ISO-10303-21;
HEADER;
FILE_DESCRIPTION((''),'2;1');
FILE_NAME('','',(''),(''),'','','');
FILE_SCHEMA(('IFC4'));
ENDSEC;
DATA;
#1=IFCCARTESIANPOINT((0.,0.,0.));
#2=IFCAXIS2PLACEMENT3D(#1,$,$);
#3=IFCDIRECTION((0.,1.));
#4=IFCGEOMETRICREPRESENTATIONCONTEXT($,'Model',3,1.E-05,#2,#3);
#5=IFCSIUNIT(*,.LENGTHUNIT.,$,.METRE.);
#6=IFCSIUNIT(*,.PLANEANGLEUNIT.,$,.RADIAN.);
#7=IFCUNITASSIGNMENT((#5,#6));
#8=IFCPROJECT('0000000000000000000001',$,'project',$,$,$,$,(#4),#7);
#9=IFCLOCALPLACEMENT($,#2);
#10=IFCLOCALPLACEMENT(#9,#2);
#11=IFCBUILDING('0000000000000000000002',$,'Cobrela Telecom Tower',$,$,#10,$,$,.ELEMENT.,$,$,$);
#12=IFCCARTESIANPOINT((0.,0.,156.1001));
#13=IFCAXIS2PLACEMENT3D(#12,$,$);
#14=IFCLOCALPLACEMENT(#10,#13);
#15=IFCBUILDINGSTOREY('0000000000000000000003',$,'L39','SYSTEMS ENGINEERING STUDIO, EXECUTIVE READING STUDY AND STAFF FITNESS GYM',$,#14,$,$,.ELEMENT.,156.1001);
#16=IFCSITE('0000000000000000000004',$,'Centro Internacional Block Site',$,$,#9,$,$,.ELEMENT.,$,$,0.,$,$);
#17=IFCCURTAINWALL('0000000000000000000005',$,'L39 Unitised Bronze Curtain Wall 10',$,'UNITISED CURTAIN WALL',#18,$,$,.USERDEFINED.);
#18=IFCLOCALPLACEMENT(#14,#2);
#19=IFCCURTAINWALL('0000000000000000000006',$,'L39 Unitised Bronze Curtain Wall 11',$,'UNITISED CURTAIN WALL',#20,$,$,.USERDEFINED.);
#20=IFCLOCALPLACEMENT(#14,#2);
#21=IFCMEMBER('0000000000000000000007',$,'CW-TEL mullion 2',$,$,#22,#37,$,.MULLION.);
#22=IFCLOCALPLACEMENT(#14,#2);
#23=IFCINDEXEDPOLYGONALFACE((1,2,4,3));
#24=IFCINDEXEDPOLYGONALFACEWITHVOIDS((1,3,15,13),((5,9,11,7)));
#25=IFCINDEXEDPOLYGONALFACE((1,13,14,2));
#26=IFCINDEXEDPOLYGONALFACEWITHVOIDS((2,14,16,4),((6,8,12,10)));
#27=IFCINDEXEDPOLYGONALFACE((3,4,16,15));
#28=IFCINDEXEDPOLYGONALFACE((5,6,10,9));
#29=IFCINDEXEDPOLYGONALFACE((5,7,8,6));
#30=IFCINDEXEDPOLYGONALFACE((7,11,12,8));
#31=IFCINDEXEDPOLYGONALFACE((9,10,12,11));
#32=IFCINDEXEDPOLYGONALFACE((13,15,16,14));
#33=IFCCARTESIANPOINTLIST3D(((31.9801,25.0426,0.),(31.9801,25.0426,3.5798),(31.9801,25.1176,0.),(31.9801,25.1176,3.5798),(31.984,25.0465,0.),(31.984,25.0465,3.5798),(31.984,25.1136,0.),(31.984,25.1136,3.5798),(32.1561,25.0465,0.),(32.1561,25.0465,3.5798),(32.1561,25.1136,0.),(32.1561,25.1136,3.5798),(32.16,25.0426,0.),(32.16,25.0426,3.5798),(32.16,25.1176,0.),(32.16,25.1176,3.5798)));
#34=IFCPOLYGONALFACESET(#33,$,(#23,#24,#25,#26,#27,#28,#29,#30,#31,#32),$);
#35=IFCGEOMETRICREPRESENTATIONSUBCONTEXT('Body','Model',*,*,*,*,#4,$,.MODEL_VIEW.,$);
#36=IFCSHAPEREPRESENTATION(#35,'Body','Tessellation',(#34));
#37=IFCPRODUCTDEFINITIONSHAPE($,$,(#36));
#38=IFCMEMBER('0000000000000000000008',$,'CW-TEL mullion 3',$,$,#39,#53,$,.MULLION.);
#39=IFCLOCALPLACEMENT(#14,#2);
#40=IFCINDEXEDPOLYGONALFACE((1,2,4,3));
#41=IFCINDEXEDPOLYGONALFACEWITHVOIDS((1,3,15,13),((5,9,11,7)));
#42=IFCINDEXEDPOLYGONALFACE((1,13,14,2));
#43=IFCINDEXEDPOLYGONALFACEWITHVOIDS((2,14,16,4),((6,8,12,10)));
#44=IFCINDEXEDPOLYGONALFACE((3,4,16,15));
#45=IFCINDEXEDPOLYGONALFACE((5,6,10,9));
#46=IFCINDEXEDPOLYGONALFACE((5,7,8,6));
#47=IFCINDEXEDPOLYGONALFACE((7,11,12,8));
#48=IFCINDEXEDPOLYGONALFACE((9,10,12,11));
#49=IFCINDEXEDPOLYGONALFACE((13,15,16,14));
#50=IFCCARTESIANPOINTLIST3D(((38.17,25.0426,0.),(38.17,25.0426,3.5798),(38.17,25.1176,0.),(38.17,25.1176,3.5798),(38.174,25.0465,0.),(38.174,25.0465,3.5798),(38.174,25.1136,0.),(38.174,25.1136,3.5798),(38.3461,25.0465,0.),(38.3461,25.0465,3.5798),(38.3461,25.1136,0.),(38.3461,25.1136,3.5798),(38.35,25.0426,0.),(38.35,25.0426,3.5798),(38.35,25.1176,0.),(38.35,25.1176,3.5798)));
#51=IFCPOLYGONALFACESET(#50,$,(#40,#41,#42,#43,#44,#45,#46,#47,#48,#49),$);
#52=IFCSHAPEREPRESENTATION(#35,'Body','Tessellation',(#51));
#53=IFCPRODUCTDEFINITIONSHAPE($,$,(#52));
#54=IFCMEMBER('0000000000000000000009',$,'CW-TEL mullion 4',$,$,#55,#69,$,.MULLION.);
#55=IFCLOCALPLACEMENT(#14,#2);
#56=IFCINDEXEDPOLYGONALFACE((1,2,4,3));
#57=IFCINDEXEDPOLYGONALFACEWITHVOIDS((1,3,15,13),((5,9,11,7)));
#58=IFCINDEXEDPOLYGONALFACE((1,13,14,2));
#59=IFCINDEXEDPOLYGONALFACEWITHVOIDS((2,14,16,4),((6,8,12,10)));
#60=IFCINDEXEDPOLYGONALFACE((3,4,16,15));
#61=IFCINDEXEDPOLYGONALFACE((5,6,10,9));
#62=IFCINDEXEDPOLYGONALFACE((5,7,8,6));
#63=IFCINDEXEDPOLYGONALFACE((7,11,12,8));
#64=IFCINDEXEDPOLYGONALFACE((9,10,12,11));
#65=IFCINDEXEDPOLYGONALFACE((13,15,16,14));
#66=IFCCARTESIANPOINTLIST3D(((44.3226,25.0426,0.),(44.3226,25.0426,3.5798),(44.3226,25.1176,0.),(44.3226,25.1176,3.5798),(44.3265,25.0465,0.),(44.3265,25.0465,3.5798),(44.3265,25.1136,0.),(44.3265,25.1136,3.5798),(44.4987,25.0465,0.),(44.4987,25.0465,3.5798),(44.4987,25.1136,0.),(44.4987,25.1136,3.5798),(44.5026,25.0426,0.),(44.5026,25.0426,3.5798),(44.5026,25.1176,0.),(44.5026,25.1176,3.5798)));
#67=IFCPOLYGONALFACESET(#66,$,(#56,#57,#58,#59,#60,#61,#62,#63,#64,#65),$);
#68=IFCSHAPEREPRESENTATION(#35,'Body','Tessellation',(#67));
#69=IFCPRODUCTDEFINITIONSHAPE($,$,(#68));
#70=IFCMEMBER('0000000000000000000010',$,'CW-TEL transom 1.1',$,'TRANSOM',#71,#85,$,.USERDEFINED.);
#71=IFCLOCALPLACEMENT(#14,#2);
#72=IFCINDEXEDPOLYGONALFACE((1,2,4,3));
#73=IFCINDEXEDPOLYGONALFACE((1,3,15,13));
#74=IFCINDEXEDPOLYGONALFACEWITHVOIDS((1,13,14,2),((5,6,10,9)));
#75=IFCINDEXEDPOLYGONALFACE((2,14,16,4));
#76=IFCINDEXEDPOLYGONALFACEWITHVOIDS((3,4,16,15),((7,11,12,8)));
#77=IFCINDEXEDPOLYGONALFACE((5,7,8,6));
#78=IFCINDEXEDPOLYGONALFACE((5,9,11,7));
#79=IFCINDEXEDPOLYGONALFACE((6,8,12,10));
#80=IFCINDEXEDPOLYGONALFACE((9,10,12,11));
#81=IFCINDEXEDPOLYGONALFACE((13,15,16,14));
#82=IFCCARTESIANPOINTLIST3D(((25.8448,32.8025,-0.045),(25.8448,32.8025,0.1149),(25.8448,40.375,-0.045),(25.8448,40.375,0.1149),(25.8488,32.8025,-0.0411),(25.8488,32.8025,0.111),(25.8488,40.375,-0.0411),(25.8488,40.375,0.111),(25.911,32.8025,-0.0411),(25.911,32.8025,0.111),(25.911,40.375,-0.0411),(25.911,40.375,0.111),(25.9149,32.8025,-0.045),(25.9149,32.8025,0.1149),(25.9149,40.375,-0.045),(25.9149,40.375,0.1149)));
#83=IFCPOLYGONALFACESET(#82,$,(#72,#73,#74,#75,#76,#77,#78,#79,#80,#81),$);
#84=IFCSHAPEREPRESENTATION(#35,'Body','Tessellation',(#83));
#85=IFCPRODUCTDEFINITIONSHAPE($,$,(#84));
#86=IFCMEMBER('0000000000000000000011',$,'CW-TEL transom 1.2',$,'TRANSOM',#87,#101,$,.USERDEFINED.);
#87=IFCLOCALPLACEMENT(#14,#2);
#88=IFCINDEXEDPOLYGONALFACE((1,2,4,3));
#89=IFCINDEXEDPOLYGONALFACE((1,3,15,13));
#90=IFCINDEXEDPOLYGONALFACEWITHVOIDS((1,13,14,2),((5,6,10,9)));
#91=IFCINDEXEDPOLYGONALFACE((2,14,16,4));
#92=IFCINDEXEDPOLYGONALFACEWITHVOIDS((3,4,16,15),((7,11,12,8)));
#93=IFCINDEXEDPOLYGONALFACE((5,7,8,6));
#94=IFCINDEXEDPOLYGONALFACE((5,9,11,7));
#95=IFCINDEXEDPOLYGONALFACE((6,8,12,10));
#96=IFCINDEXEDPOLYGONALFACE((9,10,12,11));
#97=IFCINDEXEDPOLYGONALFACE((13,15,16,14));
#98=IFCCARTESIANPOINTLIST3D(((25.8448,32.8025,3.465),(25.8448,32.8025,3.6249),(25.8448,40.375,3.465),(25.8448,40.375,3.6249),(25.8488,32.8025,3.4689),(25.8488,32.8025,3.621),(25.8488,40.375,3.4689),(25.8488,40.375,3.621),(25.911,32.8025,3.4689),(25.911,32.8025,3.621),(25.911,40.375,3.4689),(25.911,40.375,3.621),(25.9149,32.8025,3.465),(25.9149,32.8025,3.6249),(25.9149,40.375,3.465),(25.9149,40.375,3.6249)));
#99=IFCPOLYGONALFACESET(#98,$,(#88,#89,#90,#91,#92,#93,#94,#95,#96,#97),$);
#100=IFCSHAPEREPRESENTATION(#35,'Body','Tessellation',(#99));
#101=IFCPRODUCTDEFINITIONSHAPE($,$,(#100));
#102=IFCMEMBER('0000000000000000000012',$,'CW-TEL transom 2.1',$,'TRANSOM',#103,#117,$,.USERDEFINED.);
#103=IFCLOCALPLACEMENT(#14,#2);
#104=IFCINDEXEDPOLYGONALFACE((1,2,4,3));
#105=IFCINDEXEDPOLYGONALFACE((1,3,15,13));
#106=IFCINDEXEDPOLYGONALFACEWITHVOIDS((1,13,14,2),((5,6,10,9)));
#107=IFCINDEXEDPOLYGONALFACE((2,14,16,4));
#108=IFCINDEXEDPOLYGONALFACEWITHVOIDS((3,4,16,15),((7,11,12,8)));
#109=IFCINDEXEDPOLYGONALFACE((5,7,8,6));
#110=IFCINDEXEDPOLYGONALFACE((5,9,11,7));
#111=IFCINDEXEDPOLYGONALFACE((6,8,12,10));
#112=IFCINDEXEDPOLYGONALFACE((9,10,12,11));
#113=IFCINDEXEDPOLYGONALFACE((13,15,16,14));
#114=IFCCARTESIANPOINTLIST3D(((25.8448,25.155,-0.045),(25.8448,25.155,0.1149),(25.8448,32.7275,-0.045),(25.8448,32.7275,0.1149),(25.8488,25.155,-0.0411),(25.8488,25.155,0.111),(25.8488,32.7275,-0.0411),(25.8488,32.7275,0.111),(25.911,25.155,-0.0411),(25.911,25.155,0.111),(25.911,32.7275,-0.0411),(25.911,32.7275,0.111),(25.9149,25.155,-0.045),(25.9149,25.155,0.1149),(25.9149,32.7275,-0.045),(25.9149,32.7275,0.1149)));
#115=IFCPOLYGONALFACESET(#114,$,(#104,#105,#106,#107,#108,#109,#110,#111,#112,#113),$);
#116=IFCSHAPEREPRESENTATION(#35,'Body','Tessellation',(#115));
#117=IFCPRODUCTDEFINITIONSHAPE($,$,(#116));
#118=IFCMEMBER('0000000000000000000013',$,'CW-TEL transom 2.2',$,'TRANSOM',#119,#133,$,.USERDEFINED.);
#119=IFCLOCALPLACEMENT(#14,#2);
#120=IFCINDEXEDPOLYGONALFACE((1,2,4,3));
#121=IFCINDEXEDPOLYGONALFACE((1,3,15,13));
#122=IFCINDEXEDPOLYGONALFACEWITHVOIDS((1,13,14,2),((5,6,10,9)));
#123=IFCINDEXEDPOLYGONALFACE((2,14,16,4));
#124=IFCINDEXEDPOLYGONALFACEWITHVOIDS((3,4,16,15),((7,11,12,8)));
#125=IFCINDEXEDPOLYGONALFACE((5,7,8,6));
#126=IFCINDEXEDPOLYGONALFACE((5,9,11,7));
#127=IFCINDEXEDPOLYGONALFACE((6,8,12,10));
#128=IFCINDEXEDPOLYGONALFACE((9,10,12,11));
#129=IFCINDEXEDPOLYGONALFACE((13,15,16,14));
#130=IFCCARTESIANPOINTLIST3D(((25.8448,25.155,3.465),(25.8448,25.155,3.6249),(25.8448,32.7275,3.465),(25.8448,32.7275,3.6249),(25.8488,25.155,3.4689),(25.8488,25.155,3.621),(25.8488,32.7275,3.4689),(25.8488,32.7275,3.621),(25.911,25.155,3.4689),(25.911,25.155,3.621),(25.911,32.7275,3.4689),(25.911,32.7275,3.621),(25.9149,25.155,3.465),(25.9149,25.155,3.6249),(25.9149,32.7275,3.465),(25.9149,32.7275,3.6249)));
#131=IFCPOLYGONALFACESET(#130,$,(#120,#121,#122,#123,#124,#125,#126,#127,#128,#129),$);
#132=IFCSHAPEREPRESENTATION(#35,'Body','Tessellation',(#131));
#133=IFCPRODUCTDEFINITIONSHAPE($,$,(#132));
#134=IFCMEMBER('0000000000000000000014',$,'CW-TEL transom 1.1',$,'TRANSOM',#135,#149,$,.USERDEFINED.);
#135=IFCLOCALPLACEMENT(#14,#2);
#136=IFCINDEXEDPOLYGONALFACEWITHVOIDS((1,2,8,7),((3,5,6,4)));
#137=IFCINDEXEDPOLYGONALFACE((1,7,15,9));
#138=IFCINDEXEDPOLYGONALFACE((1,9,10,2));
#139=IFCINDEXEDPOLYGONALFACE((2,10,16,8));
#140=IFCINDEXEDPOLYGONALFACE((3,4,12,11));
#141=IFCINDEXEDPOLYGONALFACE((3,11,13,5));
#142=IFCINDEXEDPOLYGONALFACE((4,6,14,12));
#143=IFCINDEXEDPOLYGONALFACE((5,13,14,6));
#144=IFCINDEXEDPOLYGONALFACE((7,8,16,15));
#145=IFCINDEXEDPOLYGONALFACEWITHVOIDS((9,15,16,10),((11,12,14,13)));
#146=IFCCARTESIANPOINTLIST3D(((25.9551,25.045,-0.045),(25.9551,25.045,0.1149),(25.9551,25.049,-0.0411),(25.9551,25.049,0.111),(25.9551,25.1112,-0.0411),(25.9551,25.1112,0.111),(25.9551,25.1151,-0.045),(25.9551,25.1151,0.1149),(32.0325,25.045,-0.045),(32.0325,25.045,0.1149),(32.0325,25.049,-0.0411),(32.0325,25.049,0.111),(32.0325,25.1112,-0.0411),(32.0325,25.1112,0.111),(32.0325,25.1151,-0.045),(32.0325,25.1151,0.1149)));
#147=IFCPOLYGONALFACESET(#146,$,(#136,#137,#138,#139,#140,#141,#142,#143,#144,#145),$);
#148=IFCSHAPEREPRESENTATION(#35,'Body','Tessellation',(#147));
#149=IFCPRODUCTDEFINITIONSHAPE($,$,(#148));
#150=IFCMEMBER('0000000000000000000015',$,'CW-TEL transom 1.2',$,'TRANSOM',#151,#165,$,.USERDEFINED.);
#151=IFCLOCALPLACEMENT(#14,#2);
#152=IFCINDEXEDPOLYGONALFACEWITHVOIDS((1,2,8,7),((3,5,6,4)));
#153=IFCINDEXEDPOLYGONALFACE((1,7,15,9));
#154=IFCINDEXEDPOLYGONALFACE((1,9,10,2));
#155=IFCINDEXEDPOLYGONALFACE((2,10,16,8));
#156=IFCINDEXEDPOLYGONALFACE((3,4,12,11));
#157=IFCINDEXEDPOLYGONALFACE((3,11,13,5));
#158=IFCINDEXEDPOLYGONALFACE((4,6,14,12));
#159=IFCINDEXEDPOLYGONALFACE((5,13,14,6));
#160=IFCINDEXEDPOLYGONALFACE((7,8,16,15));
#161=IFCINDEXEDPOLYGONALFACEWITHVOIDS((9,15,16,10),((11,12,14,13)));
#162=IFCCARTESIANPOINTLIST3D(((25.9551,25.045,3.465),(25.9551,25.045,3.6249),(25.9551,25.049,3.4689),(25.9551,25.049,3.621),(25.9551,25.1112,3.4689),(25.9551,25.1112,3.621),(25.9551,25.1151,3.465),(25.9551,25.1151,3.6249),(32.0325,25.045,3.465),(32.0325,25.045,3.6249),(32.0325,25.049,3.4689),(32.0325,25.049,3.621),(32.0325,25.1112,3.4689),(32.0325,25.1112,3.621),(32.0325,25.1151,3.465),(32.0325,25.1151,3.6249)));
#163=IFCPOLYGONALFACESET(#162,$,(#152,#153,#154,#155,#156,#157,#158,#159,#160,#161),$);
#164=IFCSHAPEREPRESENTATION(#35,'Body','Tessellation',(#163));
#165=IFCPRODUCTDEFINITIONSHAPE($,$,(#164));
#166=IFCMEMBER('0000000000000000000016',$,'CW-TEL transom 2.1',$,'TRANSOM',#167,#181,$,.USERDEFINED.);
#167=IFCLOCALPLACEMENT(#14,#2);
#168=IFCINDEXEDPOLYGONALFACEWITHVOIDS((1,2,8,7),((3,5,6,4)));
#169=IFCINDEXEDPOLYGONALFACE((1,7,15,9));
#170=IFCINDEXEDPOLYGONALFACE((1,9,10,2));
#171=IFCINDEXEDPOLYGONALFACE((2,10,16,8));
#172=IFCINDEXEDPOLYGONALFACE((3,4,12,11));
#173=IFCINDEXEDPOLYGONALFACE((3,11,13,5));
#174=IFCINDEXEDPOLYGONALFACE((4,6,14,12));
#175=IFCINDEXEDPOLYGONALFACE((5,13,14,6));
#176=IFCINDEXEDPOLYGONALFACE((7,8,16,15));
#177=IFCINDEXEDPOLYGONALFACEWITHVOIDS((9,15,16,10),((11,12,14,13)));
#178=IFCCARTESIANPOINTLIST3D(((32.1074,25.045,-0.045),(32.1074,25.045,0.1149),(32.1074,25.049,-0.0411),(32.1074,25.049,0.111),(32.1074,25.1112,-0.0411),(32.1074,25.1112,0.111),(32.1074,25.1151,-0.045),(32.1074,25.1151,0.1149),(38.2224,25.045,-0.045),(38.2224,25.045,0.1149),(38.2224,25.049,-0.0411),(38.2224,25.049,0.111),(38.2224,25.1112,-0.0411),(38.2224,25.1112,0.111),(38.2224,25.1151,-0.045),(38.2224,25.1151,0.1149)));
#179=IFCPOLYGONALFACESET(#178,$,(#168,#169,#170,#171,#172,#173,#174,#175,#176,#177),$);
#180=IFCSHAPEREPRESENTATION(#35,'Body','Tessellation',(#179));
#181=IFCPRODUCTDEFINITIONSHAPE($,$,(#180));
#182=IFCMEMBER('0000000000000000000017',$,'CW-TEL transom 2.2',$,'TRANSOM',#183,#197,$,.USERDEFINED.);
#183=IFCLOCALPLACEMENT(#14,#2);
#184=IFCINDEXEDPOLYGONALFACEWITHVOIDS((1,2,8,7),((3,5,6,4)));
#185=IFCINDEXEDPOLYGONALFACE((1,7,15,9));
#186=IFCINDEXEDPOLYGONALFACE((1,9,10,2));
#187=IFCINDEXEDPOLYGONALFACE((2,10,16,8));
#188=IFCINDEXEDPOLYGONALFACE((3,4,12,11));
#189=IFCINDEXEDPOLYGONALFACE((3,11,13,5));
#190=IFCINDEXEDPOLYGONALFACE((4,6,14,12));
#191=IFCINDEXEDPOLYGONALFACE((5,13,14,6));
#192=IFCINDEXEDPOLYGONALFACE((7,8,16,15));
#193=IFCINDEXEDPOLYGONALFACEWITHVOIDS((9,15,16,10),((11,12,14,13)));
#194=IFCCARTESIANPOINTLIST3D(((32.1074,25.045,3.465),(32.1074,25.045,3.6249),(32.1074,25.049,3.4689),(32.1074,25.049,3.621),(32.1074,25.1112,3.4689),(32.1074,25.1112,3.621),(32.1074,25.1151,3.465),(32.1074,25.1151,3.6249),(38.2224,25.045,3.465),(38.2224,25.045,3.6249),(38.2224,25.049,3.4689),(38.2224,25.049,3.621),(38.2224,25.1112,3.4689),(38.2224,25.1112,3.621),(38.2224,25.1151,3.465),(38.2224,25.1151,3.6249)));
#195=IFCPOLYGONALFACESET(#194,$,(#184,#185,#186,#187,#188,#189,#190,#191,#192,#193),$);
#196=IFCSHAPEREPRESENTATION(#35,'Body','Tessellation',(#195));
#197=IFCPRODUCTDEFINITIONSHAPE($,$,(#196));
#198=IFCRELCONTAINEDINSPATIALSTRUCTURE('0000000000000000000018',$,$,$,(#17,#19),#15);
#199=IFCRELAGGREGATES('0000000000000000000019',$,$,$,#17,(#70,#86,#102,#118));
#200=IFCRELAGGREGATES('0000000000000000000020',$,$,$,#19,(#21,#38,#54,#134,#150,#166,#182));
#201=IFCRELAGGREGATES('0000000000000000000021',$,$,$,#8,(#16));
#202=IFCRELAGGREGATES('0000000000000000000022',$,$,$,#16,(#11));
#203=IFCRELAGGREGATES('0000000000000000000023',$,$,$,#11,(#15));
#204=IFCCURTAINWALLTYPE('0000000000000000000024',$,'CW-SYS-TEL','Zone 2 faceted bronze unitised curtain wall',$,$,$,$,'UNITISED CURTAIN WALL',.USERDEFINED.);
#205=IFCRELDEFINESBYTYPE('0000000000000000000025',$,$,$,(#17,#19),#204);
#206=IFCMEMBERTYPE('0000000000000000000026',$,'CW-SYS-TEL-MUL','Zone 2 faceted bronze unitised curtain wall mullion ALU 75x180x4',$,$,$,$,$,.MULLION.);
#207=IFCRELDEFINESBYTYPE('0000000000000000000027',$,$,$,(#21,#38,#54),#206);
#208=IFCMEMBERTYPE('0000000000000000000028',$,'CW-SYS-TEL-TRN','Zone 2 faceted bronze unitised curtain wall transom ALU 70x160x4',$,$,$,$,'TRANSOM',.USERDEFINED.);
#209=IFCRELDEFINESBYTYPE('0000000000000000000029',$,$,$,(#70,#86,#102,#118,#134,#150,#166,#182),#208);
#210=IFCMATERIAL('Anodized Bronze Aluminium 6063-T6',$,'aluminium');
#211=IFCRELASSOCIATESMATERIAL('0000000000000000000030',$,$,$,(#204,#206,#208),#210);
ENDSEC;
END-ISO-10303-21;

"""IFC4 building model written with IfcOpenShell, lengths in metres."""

from ifc_helpers import new_model, si_unit, direction, frame, origin, origin_2d, place, context, subcontext, project, spatial, hollow_rectangle, extrude, material, material_profile, profile_set, type_object, element, aggregate, save


model = new_model("IFC4")

# Units and contexts
model_context = context("Model", 3, precision=1e-05, world=origin(), true_north=direction((0.0, 1.0)))
body_context = subcontext(model_context, "Body", "Model", "MODEL_VIEW")
ifc_project = project(units=[si_unit("LENGTHUNIT", "METRE"), si_unit("PLANEANGLEUNIT", "RADIAN")], contexts=[model_context])

# Site, building, storey
site_placement = place(None, origin())
site = spatial("IfcSite", under=ifc_project, at=site_placement, Name="Centro Internacional Block Site", CompositionType="ELEMENT", RefElevation=0.0)
building_placement = place(site_placement, origin())
building = spatial("IfcBuilding", under=site, at=building_placement, Name="Cobrela Telecom Tower", CompositionType="ELEMENT")
storey_placement = place(building_placement, frame((0.0, 0.0, 156.1001)))
storey = spatial("IfcBuildingStorey", under=building, at=storey_placement, Name="L39", Description="SYSTEMS ENGINEERING STUDIO, EXECUTIVE READING STUDY AND STAFF FITNESS GYM", CompositionType="ELEMENT", Elevation=156.1001)

# Shared definitions
ifc_material_1 = material(Name="Anodized Bronze Aluminium 6063-T6", Category="aluminium")
curtain_wall_type = type_object("IfcCurtainWallType", Name="CW-SYS-TEL", Description="Zone 2 faceted bronze unitised curtain wall", ElementType="UNITISED CURTAIN WALL", PredefinedType="USERDEFINED", material=ifc_material_1)
ifc_material_profile_1 = material_profile(ifc_material_1, hollow_rectangle(XDim=0.075, YDim=0.1799, WallThickness=0.0039, at=origin_2d()), Name="ALU 75x180x4")
ifc_profile_set_1 = profile_set([ifc_material_profile_1], Name="Anodized Bronze Aluminium 6063-T6")
member_type_1 = type_object("IfcMemberType", Name="CW-SYS-TEL-MUL", Description="Zone 2 faceted bronze unitised curtain wall mullion ALU 75x180x4", PredefinedType="MULLION", material=ifc_profile_set_1)

# Curtain walls, members
curtain_wall_1_placement = place(storey_placement, origin())
curtain_wall_1 = element("IfcCurtainWall", 1, at=curtain_wall_1_placement, inside=storey, type_object=curtain_wall_type, Name="L39 Unitised Bronze Curtain Wall 10", ObjectType="UNITISED CURTAIN WALL", PredefinedType="USERDEFINED")
curtain_wall_2_placement = place(storey_placement, origin())
curtain_wall_2 = element("IfcCurtainWall", 2, at=curtain_wall_2_placement, inside=storey, type_object=curtain_wall_type, Name="L39 Unitised Bronze Curtain Wall 11", ObjectType="UNITISED CURTAIN WALL", PredefinedType="USERDEFINED")
member_1_placement = place(storey_placement, frame((32.0701, 25.0801, 0.0), z_axis=(0.0, 0.0, 1.0), x_axis=(0.0, 1.0, 0.0)))
member_1 = element("IfcMember", 3, at=member_1_placement, type_object=member_type_1, Name="CW-TEL mullion 2", PredefinedType="MULLION", context=body_context, shape_type="SweptSolid", body=[
    extrude(hollow_rectangle(XDim=0.075, YDim=0.1799, WallThickness=0.0039, at=origin_2d()), origin(), (0.0, 0.0, 1.0), 3.5798),
])
member_2_placement = place(storey_placement, frame((38.26, 25.0801, 0.0), z_axis=(0.0, 0.0, 1.0), x_axis=(0.0, 1.0, 0.0)))
member_2 = element("IfcMember", 4, at=member_2_placement, type_object=member_type_1, Name="CW-TEL mullion 3", PredefinedType="MULLION", context=body_context, shape_type="SweptSolid", body=[
    extrude(hollow_rectangle(XDim=0.075, YDim=0.1799, WallThickness=0.0039, at=origin_2d()), origin(), (0.0, 0.0, 1.0), 3.5798),
])
member_3_placement = place(storey_placement, frame((44.4126, 25.0801, 0.0), z_axis=(0.0, 0.0, 1.0), x_axis=(0.0, 1.0, 0.0)))
member_3 = element("IfcMember", 5, at=member_3_placement, type_object=member_type_1, Name="CW-TEL mullion 4", PredefinedType="MULLION", context=body_context, shape_type="SweptSolid", body=[
    extrude(hollow_rectangle(XDim=0.075, YDim=0.1799, WallThickness=0.0039, at=origin_2d()), origin(), (0.0, 0.0, 1.0), 3.5798),
])

# Members
ifc_material_profile_2 = material_profile(ifc_material_1, hollow_rectangle(XDim=0.0701, YDim=0.1599, WallThickness=0.0039, at=origin_2d()), Name="ALU 70x160x4")
ifc_profile_set_2 = profile_set([ifc_material_profile_2], Name="Anodized Bronze Aluminium 6063-T6")
member_type_2 = type_object("IfcMemberType", Name="CW-SYS-TEL-TRN", Description="Zone 2 faceted bronze unitised curtain wall transom ALU 70x160x4", ElementType="TRANSOM", PredefinedType="USERDEFINED", material=ifc_profile_set_2)
member_4_placement = place(storey_placement, frame((25.8799, 40.375, 0.0349), z_axis=(0.0, -1.0, 0.0), x_axis=(1.0, 0.0, 0.0)))
member_4 = element("IfcMember", 6, at=member_4_placement, type_object=member_type_2, Name="CW-TEL transom 1.1", ObjectType="TRANSOM", PredefinedType="USERDEFINED", context=body_context, shape_type="SweptSolid", body=[
    extrude(hollow_rectangle(XDim=0.0701, YDim=0.1599, WallThickness=0.0039, at=origin_2d()), origin(), (0.0, 0.0, 1.0), 7.5725),
])
member_5_placement = place(storey_placement, frame((25.8799, 40.375, 3.5449), z_axis=(0.0, -1.0, 0.0), x_axis=(1.0, 0.0, 0.0)))
member_5 = element("IfcMember", 7, at=member_5_placement, type_object=member_type_2, Name="CW-TEL transom 1.2", ObjectType="TRANSOM", PredefinedType="USERDEFINED", context=body_context, shape_type="SweptSolid", body=[
    extrude(hollow_rectangle(XDim=0.0701, YDim=0.1599, WallThickness=0.0039, at=origin_2d()), origin(), (0.0, 0.0, 1.0), 7.5725),
])
member_6_placement = place(storey_placement, frame((25.8799, 32.7275, 0.0349), z_axis=(0.0, -1.0, 0.0), x_axis=(1.0, 0.0, 0.0)))
member_6 = element("IfcMember", 8, at=member_6_placement, type_object=member_type_2, Name="CW-TEL transom 2.1", ObjectType="TRANSOM", PredefinedType="USERDEFINED", context=body_context, shape_type="SweptSolid", body=[
    extrude(hollow_rectangle(XDim=0.0701, YDim=0.1599, WallThickness=0.0039, at=origin_2d()), origin(), (0.0, 0.0, 1.0), 7.5725),
])
member_7_placement = place(storey_placement, frame((25.8799, 32.7275, 3.5449), z_axis=(0.0, -1.0, 0.0), x_axis=(1.0, 0.0, 0.0)))
member_7 = element("IfcMember", 9, at=member_7_placement, type_object=member_type_2, Name="CW-TEL transom 2.2", ObjectType="TRANSOM", PredefinedType="USERDEFINED", context=body_context, shape_type="SweptSolid", body=[
    extrude(hollow_rectangle(XDim=0.0701, YDim=0.1599, WallThickness=0.0039, at=origin_2d()), origin(), (0.0, 0.0, 1.0), 7.5725),
])
member_8_placement = place(storey_placement, frame((25.9551, 25.0801, 0.0349), z_axis=(1.0, 0.0, 0.0), x_axis=(0.0, 1.0, 0.0)))
member_8 = element("IfcMember", 10, at=member_8_placement, type_object=member_type_2, Name="CW-TEL transom 1.1", ObjectType="TRANSOM", PredefinedType="USERDEFINED", context=body_context, shape_type="SweptSolid", body=[
    extrude(hollow_rectangle(XDim=0.0701, YDim=0.1599, WallThickness=0.0039, at=origin_2d()), origin(), (0.0, 0.0, 1.0), 6.0774),
])
member_9_placement = place(storey_placement, frame((25.9551, 25.0801, 3.5449), z_axis=(1.0, 0.0, 0.0), x_axis=(0.0, 1.0, 0.0)))
member_9 = element("IfcMember", 11, at=member_9_placement, type_object=member_type_2, Name="CW-TEL transom 1.2", ObjectType="TRANSOM", PredefinedType="USERDEFINED", context=body_context, shape_type="SweptSolid", body=[
    extrude(hollow_rectangle(XDim=0.0701, YDim=0.1599, WallThickness=0.0039, at=origin_2d()), origin(), (0.0, 0.0, 1.0), 6.0774),
])
member_10_placement = place(storey_placement, frame((32.1074, 25.0801, 0.0349), z_axis=(1.0, 0.0, 0.0), x_axis=(0.0, 1.0, 0.0)))
member_10 = element("IfcMember", 12, at=member_10_placement, type_object=member_type_2, Name="CW-TEL transom 2.1", ObjectType="TRANSOM", PredefinedType="USERDEFINED", context=body_context, shape_type="SweptSolid", body=[
    extrude(hollow_rectangle(XDim=0.0701, YDim=0.1599, WallThickness=0.0039, at=origin_2d()), origin(), (0.0, 0.0, 1.0), 6.115),
])
member_11_placement = place(storey_placement, frame((32.1074, 25.0801, 3.5449), z_axis=(1.0, 0.0, 0.0), x_axis=(0.0, 1.0, 0.0)))
member_11 = element("IfcMember", 13, at=member_11_placement, type_object=member_type_2, Name="CW-TEL transom 2.2", ObjectType="TRANSOM", PredefinedType="USERDEFINED", context=body_context, shape_type="SweptSolid", body=[
    extrude(hollow_rectangle(XDim=0.0701, YDim=0.1599, WallThickness=0.0039, at=origin_2d()), origin(), (0.0, 0.0, 1.0), 6.115),
])

aggregate(curtain_wall_1, [member_4, member_5, member_6, member_7])
aggregate(curtain_wall_2, [member_1, member_2, member_3, member_8, member_9, member_10, member_11])

save(model, "model.ifc")
